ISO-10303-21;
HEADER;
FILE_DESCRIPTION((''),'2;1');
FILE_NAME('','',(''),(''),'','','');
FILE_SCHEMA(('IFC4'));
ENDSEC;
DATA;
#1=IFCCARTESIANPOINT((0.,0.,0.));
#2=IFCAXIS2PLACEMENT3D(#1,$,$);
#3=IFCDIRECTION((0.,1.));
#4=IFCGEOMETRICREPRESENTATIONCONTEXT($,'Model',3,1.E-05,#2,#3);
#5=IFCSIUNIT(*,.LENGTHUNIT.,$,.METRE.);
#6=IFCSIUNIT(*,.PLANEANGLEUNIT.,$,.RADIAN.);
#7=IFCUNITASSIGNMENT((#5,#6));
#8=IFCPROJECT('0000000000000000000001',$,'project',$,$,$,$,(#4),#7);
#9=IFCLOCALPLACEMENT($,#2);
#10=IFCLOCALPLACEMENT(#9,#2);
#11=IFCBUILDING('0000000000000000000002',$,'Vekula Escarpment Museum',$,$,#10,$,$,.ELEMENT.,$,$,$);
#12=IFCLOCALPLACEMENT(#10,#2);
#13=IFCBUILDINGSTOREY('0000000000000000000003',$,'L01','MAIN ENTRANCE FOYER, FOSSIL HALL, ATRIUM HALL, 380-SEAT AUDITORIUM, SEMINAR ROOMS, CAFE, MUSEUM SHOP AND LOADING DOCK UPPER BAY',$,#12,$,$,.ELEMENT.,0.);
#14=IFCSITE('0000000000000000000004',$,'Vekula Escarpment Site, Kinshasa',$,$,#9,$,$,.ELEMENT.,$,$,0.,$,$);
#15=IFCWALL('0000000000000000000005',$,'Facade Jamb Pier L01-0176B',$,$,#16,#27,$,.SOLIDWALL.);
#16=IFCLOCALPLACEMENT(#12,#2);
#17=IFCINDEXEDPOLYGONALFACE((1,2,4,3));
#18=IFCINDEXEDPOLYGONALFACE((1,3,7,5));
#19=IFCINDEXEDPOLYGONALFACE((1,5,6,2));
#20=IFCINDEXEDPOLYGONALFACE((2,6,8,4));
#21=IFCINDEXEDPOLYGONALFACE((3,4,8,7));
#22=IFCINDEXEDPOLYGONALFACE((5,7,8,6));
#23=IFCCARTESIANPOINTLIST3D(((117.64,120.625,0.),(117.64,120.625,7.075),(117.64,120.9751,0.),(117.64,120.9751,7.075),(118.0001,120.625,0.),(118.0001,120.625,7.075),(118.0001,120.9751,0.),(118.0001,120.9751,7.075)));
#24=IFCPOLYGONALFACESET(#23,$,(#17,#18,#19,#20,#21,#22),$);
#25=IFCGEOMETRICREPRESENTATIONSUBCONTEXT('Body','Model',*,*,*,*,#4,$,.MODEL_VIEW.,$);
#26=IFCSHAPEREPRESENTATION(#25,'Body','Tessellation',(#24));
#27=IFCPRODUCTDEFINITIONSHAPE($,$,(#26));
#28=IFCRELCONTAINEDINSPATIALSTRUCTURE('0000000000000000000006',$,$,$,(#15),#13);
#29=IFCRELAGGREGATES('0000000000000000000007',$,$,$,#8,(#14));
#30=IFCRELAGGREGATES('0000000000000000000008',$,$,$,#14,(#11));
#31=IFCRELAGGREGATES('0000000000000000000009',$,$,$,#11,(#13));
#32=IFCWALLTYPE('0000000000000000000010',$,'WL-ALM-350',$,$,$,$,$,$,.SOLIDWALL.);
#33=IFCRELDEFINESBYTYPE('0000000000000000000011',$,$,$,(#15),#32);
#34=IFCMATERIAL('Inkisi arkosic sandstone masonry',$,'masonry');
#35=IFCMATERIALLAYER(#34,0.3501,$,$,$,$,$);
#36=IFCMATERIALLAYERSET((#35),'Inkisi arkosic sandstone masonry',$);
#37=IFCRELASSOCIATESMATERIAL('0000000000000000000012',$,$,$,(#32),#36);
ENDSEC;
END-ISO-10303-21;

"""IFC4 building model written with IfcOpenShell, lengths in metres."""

from ifc_helpers import new_model, si_unit, direction, frame, frame_2d, origin, place, context, subcontext, project, spatial, rectangle, extrude, material, layer, layer_set, type_object, element, save


model = new_model("IFC4")

# Units and contexts
model_context = context("Model", 3, precision=1e-05, world=origin(), true_north=direction((0.0, 1.0)))
body_context = subcontext(model_context, "Body", "Model", "MODEL_VIEW")
ifc_project = project(units=[si_unit("LENGTHUNIT", "METRE"), si_unit("PLANEANGLEUNIT", "RADIAN")], contexts=[model_context])

# Site, building, storey
site_placement = place(None, origin())
site = spatial("IfcSite", under=ifc_project, at=site_placement, Name="Vekula Escarpment Site, Kinshasa", CompositionType="ELEMENT", RefElevation=0.0)
building_placement = place(site_placement, origin())
building = spatial("IfcBuilding", under=site, at=building_placement, Name="Vekula Escarpment Museum", CompositionType="ELEMENT")
storey_placement = place(building_placement, origin())
storey = spatial("IfcBuildingStorey", under=building, at=storey_placement, Name="L01", Description="MAIN ENTRANCE FOYER, FOSSIL HALL, ATRIUM HALL, 380-SEAT AUDITORIUM, SEMINAR ROOMS, CAFE, MUSEUM SHOP AND LOADING DOCK UPPER BAY", CompositionType="ELEMENT", Elevation=0.0)

# Wall
ifc_material_1 = material(Name="Inkisi arkosic sandstone masonry", Category="masonry")
ifc_layer_1 = layer(ifc_material_1, 0.3501)
ifc_layer_set_1 = layer_set([ifc_layer_1], Name="Inkisi arkosic sandstone masonry")
wall_type = type_object("IfcWallType", Name="WL-ALM-350", PredefinedType="SOLIDWALL", material=ifc_layer_set_1)
wall_placement = place(storey_placement, frame((117.6399, 120.8, 0.0), z_axis=(0.0, 0.0, 1.0), x_axis=(1.0, 0.0, 0.0)))
element("IfcWall", 1, at=wall_placement, inside=storey, type_object=wall_type, Name="Facade Jamb Pier L01-0176B", PredefinedType="SOLIDWALL", context=body_context, shape_type="SweptSolid", body=[
    extrude(rectangle(XDim=0.3601, YDim=0.3501, at=frame_2d((0.1802, 0.0))), origin(), (0.0, 0.0, 1.0), 7.075),
])

save(model, "model.ifc")
